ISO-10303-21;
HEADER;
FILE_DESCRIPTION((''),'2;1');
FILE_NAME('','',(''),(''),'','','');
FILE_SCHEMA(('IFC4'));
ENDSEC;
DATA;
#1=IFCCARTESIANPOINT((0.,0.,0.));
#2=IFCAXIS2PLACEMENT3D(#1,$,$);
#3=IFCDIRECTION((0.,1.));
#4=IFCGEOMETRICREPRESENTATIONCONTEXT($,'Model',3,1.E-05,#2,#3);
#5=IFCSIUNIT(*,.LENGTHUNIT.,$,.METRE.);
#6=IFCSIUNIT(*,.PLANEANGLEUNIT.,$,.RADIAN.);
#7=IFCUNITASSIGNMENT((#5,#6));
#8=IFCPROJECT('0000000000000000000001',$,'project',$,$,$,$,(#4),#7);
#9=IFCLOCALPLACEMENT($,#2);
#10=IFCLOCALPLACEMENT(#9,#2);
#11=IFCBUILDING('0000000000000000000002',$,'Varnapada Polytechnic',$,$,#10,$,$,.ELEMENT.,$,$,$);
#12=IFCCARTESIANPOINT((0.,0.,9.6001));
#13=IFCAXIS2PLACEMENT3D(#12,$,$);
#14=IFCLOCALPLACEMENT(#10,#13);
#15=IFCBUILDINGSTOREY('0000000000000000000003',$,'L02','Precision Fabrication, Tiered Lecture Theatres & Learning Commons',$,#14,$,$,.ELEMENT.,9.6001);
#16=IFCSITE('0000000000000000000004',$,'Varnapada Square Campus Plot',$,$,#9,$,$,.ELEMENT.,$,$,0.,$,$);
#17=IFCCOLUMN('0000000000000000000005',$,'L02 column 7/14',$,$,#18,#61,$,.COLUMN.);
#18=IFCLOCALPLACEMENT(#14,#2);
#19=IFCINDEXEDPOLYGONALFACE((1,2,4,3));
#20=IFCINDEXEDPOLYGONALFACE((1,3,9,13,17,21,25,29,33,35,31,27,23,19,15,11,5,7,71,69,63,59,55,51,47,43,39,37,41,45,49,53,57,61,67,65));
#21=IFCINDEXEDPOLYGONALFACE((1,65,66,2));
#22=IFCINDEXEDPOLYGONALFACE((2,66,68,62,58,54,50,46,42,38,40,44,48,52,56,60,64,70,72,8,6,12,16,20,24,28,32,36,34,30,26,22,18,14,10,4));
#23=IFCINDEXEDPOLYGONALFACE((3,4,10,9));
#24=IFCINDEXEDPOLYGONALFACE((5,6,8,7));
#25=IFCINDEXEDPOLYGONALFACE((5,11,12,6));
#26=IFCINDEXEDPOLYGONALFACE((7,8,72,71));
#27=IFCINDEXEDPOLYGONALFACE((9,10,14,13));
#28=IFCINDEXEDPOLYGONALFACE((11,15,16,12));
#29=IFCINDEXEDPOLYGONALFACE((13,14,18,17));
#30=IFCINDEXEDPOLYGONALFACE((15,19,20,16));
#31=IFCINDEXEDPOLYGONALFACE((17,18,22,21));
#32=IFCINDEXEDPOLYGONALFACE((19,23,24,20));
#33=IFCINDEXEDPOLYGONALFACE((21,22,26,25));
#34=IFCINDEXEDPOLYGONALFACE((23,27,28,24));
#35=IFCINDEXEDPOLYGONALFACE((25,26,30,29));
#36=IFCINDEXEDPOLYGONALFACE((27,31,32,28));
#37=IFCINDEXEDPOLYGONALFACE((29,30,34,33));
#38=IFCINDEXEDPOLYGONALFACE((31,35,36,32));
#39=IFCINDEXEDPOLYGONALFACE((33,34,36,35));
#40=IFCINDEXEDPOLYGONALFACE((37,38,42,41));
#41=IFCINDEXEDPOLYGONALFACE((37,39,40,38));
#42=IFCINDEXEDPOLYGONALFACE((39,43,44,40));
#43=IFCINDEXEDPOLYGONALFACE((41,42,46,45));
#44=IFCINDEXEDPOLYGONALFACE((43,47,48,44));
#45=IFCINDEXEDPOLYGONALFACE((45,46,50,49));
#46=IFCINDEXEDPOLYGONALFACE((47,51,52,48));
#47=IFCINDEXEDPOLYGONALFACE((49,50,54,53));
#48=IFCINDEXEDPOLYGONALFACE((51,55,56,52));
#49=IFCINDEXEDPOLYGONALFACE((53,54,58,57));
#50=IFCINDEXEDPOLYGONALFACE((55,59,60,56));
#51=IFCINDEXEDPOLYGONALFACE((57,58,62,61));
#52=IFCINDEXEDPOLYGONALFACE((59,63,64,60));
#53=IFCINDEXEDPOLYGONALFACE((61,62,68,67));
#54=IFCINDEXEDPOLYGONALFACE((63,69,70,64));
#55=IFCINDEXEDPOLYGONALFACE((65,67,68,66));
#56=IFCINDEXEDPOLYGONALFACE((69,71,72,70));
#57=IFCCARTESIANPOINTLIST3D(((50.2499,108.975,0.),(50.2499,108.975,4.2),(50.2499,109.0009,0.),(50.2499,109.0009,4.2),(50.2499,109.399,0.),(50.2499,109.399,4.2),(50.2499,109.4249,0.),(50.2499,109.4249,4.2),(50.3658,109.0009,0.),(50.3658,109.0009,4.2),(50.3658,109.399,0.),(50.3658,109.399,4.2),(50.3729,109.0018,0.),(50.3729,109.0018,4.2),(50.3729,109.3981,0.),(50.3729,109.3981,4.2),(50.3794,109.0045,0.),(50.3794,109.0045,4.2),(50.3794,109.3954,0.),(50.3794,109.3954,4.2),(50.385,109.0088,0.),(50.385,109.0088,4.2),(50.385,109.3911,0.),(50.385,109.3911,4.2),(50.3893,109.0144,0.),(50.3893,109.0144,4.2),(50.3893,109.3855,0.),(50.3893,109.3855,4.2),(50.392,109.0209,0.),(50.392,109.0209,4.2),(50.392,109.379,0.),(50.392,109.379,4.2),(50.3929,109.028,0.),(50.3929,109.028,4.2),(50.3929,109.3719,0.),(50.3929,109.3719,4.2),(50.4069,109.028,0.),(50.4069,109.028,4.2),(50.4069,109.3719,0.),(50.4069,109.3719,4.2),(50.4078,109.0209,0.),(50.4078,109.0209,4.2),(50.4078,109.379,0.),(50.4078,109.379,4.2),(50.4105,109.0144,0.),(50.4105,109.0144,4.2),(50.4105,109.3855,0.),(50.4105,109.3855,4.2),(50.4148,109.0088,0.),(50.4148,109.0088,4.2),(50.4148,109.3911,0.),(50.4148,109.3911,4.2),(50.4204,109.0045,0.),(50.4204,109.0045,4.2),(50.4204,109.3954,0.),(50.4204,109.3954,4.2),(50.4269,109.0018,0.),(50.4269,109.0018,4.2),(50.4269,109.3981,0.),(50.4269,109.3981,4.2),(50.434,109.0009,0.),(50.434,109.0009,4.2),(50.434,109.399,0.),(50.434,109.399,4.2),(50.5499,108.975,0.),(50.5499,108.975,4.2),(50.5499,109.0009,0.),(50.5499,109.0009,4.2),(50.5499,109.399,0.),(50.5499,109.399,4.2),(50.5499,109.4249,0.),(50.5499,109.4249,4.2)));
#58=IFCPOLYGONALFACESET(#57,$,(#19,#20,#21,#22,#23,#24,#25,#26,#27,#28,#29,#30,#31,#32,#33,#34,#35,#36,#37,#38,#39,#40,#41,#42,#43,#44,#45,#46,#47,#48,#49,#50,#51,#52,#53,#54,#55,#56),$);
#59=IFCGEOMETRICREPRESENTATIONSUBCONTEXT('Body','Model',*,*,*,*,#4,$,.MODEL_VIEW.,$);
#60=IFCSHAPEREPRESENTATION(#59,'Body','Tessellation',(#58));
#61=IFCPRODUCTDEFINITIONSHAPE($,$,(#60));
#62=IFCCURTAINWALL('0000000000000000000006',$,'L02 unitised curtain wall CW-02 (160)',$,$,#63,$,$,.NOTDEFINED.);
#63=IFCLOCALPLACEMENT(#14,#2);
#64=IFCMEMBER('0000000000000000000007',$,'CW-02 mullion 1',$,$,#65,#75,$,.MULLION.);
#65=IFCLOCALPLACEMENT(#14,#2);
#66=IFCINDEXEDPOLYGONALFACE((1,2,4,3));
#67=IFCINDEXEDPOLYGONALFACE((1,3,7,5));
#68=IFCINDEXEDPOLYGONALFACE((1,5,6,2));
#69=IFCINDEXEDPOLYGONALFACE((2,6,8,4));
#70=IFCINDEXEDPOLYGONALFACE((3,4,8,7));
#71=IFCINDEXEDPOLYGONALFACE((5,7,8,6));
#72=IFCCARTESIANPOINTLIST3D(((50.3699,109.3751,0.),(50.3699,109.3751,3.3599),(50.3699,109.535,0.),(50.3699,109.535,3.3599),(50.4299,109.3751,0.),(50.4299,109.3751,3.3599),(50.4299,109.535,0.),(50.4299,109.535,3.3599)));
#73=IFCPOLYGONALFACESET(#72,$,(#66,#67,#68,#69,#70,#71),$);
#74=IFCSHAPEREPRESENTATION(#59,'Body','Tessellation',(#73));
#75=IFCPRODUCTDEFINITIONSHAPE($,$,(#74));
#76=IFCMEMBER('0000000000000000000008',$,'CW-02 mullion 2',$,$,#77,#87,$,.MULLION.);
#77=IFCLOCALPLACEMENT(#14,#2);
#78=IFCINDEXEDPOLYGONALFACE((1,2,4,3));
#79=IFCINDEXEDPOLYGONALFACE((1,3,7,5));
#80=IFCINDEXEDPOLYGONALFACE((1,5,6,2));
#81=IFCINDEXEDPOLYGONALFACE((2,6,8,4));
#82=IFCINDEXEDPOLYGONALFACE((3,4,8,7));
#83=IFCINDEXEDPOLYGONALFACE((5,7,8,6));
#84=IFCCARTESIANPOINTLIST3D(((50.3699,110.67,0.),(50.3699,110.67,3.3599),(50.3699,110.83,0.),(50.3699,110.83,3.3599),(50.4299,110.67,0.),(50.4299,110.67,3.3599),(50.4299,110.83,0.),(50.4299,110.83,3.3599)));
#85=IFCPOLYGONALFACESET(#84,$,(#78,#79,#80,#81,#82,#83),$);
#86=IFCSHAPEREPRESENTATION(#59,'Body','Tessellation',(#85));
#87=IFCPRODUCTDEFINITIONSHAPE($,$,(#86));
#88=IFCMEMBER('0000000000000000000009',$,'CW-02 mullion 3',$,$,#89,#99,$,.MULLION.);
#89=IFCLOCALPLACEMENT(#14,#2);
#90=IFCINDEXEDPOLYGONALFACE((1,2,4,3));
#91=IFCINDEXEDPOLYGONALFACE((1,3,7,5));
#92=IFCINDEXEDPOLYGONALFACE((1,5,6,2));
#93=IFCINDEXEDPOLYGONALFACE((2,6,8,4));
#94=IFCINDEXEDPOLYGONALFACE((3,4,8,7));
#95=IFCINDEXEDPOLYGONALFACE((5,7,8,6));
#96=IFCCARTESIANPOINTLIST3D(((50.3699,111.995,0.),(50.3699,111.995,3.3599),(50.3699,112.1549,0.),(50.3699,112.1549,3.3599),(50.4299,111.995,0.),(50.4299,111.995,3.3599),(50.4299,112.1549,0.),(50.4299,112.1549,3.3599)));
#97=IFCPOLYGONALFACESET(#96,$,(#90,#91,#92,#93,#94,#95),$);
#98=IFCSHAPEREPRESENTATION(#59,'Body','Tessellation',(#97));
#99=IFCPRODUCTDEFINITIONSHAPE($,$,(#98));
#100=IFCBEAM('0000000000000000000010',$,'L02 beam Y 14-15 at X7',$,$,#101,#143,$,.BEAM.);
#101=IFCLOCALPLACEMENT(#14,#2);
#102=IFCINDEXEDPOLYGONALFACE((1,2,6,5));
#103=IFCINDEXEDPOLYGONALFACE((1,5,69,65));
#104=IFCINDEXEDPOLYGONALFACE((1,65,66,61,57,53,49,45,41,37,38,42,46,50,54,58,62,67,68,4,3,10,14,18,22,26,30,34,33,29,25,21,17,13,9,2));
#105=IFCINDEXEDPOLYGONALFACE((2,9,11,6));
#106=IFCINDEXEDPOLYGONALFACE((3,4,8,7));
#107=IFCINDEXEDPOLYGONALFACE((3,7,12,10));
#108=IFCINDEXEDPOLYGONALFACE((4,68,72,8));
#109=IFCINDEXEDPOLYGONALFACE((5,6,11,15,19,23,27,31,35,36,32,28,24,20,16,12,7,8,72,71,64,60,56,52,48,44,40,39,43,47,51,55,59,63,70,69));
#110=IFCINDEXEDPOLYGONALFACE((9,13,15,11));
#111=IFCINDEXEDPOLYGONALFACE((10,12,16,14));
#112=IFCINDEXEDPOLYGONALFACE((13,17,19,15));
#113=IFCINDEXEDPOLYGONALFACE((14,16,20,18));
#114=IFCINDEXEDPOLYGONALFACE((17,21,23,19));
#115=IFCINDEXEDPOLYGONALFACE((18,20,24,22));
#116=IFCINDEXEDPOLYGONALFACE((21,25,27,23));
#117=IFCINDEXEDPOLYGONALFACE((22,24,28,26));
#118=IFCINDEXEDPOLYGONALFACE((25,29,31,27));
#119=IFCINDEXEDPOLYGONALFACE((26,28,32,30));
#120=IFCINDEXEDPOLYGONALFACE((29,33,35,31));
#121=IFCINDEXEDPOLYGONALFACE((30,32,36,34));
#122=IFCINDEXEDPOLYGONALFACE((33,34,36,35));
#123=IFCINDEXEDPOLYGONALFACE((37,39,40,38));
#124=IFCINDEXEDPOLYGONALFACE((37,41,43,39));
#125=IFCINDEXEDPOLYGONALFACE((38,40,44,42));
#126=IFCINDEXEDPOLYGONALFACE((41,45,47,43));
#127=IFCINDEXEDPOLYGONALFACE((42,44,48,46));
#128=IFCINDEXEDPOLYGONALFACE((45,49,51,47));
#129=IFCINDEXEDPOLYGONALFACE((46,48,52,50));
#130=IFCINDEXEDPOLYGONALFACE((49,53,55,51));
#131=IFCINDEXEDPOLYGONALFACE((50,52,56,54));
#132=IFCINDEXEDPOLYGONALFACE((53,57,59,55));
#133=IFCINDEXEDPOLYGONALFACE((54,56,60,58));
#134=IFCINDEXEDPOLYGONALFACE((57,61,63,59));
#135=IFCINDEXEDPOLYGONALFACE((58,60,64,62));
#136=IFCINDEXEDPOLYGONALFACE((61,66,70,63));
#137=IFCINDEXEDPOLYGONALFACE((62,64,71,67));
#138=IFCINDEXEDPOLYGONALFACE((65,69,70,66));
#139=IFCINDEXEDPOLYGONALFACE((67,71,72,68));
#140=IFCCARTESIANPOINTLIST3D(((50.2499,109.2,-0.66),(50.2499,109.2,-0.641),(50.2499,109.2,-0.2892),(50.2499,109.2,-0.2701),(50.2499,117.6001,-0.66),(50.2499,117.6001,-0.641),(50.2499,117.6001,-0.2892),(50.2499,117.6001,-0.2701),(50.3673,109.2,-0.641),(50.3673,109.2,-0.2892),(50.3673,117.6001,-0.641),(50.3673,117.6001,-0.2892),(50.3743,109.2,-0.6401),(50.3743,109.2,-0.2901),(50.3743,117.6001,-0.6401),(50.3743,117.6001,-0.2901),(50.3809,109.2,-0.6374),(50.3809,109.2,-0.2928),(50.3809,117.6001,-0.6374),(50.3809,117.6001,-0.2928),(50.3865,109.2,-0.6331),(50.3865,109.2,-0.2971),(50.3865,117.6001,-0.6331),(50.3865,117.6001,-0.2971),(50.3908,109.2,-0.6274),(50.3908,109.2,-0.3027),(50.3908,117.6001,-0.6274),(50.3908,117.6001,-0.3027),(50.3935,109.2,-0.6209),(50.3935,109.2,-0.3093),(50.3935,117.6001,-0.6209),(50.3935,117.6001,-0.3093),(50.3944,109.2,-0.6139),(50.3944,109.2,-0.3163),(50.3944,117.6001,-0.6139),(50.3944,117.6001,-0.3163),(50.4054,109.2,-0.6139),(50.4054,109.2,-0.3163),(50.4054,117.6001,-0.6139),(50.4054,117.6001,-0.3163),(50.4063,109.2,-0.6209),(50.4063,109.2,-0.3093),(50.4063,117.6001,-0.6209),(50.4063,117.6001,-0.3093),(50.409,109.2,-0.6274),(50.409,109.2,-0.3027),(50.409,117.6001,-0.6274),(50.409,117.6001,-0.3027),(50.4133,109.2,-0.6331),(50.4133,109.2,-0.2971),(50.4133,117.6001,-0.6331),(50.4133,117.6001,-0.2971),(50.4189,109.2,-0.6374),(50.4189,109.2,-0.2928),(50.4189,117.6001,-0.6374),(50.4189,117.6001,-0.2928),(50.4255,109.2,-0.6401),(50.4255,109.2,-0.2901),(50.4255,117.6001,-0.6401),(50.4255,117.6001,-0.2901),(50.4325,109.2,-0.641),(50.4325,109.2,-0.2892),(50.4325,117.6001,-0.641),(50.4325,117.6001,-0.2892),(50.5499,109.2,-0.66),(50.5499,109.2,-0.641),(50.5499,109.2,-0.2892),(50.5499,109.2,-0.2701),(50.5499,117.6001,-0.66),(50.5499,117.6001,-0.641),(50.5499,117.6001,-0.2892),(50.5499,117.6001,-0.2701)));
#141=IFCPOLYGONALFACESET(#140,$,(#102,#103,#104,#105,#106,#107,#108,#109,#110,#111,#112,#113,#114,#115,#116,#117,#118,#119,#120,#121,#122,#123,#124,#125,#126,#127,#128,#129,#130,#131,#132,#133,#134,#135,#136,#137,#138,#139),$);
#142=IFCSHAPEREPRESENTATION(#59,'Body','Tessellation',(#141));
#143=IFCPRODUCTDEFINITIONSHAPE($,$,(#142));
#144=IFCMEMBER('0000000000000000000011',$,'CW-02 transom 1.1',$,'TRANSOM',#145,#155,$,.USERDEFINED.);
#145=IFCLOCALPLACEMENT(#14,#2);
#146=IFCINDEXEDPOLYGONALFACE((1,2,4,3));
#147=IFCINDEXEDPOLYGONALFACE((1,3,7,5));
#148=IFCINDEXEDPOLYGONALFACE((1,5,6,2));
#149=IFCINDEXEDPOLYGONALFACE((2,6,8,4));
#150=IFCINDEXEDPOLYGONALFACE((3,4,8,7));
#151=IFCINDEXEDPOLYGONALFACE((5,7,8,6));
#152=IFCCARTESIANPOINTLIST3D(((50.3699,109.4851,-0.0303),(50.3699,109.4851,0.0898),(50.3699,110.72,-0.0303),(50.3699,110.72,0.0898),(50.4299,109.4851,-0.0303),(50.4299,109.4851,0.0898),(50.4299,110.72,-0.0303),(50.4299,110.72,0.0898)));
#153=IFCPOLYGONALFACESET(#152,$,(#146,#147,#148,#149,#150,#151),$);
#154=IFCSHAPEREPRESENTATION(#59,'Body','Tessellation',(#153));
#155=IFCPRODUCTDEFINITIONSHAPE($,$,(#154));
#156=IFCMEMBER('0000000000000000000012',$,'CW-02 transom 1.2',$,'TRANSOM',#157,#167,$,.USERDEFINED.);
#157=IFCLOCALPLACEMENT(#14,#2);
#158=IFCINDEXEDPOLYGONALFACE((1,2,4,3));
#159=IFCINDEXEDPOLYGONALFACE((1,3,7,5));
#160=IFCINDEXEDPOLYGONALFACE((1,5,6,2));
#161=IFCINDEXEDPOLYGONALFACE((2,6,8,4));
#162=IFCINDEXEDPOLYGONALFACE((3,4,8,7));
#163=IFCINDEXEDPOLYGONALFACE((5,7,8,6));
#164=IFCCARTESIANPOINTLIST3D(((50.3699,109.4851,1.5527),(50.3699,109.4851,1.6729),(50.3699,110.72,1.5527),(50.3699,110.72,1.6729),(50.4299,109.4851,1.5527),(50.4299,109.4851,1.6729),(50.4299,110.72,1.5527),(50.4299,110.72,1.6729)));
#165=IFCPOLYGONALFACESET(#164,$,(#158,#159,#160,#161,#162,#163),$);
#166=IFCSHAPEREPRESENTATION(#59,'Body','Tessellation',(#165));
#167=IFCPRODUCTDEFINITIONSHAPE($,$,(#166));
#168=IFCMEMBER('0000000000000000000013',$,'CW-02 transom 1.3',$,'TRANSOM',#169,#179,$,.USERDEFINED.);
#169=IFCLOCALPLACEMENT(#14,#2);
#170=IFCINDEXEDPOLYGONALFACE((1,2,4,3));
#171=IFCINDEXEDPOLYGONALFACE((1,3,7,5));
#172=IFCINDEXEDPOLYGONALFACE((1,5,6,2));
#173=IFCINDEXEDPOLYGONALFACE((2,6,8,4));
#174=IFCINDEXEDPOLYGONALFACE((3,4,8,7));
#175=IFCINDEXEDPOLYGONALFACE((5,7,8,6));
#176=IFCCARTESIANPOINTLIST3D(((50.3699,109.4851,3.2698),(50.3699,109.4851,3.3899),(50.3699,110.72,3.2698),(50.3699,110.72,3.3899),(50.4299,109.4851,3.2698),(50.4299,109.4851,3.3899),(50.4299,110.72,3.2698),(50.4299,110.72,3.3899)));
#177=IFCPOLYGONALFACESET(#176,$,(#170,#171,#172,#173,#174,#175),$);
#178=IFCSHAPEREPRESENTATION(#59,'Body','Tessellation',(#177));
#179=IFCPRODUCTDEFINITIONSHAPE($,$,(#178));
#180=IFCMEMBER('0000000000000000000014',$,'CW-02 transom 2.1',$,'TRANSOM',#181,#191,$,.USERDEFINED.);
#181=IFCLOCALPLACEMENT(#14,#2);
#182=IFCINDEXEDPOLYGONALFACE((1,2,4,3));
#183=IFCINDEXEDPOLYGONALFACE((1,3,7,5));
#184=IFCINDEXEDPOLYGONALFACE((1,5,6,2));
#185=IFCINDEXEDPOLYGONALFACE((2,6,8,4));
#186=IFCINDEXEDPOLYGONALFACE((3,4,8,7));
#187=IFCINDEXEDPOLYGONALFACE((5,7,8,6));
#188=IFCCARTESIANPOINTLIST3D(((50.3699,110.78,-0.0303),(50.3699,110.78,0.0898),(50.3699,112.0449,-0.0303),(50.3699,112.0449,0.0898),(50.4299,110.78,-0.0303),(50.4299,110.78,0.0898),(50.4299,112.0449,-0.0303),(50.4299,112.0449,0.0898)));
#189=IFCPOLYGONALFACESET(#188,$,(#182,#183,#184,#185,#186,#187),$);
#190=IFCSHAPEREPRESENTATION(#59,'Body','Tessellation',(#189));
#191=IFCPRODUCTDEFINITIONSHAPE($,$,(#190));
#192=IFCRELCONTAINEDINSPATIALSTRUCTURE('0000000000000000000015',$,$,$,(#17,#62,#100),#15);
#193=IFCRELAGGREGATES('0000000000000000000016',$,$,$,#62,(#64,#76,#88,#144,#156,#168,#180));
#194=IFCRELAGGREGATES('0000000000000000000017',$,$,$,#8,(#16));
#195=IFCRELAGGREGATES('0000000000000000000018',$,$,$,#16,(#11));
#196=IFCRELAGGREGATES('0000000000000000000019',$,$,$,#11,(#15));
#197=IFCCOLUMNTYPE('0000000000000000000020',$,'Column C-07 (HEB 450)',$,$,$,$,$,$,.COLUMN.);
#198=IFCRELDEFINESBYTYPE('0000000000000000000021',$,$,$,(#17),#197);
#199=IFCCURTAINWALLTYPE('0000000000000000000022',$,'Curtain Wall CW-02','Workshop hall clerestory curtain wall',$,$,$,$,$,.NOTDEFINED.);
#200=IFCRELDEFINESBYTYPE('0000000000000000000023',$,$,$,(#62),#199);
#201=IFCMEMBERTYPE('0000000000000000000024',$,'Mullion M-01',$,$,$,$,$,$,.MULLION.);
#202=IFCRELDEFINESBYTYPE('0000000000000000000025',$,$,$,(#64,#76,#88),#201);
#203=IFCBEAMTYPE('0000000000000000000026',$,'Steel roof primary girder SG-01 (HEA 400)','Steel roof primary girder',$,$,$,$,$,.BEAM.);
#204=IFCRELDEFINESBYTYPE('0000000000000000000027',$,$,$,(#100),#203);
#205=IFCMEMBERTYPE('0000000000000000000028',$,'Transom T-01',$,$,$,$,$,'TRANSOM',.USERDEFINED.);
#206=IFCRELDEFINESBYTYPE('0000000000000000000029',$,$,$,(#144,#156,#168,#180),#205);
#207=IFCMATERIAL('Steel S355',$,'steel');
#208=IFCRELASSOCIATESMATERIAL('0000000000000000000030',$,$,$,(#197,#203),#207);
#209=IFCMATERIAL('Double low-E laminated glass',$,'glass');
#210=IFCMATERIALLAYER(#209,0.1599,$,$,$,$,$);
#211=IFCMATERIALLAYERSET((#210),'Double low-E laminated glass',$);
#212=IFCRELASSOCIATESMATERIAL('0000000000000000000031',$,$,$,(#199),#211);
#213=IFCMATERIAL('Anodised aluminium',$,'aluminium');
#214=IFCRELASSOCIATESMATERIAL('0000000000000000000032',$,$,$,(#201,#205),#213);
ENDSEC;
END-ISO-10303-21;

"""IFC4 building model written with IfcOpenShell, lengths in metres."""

from ifc_helpers import new_model, si_unit, direction, frame, origin, origin_2d, place, context, subcontext, project, spatial, rectangle, i_section, extrude, material, layer, layer_set, material_profile, profile_set, type_object, element, aggregate, save


model = new_model("IFC4")

# Units and contexts
model_context = context("Model", 3, precision=1e-05, world=origin(), true_north=direction((0.0, 1.0)))
body_context = subcontext(model_context, "Body", "Model", "MODEL_VIEW")
ifc_project = project(units=[si_unit("LENGTHUNIT", "METRE"), si_unit("PLANEANGLEUNIT", "RADIAN")], contexts=[model_context])

# Site, building, storey
site_placement = place(None, origin())
site = spatial("IfcSite", under=ifc_project, at=site_placement, Name="Varnapada Square Campus Plot", CompositionType="ELEMENT", RefElevation=0.0)
building_placement = place(site_placement, origin())
building = spatial("IfcBuilding", under=site, at=building_placement, Name="Varnapada Polytechnic", CompositionType="ELEMENT")
storey_placement = place(building_placement, frame((0.0, 0.0, 9.6001)))
storey = spatial("IfcBuildingStorey", under=building, at=storey_placement, Name="L02", Description="Precision Fabrication, Tiered Lecture Theatres & Learning Commons", CompositionType="ELEMENT", Elevation=9.6001)

# Column
ifc_material_1 = material(Name="Steel S355", Category="steel")
ifc_material_profile_1 = material_profile(ifc_material_1, i_section(OverallWidth=0.3, OverallDepth=0.45, WebThickness=0.0139, FlangeThickness=0.0259, FilletRadius=0.0271, at=origin_2d()), Name="HEB 450")
ifc_profile_set_1 = profile_set([ifc_material_profile_1], Name="Steel S355")
column_type = type_object("IfcColumnType", Name="Column C-07 (HEB 450)", PredefinedType="COLUMN", material=ifc_profile_set_1)
column_placement = place(storey_placement, frame((50.3999, 109.2, 0.0), z_axis=(0.0, 0.0, 1.0), x_axis=(1.0, 0.0, 0.0)))
element("IfcColumn", 1, at=column_placement, inside=storey, type_object=column_type, Name="L02 column 7/14", PredefinedType="COLUMN", context=body_context, shape_type="SweptSolid", body=[
    extrude(i_section(OverallWidth=0.3, OverallDepth=0.45, WebThickness=0.0139, FlangeThickness=0.0259, FilletRadius=0.0271, at=origin_2d()), origin(), (0.0, 0.0, 1.0), 4.2),
])

# Curtain wall, members
ifc_material_2 = material(Name="Double low-E laminated glass", Category="glass")
ifc_layer_1 = layer(ifc_material_2, 0.1599)
ifc_layer_set_1 = layer_set([ifc_layer_1], Name="Double low-E laminated glass")
curtain_wall_type = type_object("IfcCurtainWallType", Name="Curtain Wall CW-02", Description="Workshop hall clerestory curtain wall", PredefinedType="NOTDEFINED", material=ifc_layer_set_1)
curtain_wall_placement = place(storey_placement, origin())
curtain_wall = element("IfcCurtainWall", 2, at=curtain_wall_placement, inside=storey, type_object=curtain_wall_type, Name="L02 unitised curtain wall CW-02 (160)", PredefinedType="NOTDEFINED")
ifc_material_3 = material(Name="Anodised aluminium", Category="aluminium")
ifc_material_profile_2 = material_profile(ifc_material_3, rectangle(XDim=0.0601, YDim=0.1599, at=origin_2d()), Name="ALU M60x160")
ifc_profile_set_2 = profile_set([ifc_material_profile_2], Name="Anodised aluminium")
member_type_1 = type_object("IfcMemberType", Name="Mullion M-01", PredefinedType="MULLION", material=ifc_profile_set_2)
member_1_placement = place(storey_placement, frame((50.3999, 109.4551, 0.0), z_axis=(0.0, 0.0, 1.0), x_axis=(-1.0, 0.0, 0.0)))
member_1 = element("IfcMember", 3, at=member_1_placement, type_object=member_type_1, Name="CW-02 mullion 1", PredefinedType="MULLION", context=body_context, shape_type="SweptSolid", body=[
    extrude(rectangle(XDim=0.0601, YDim=0.1599, at=origin_2d()), origin(), (0.0, 0.0, 1.0), 3.3599),
])
member_2_placement = place(storey_placement, frame((50.3999, 110.75, 0.0), z_axis=(0.0, 0.0, 1.0), x_axis=(-1.0, 0.0, 0.0)))
member_2 = element("IfcMember", 4, at=member_2_placement, type_object=member_type_1, Name="CW-02 mullion 2", PredefinedType="MULLION", context=body_context, shape_type="SweptSolid", body=[
    extrude(rectangle(XDim=0.0601, YDim=0.1599, at=origin_2d()), origin(), (0.0, 0.0, 1.0), 3.3599),
])
member_3_placement = place(storey_placement, frame((50.3999, 112.075, 0.0), z_axis=(0.0, 0.0, 1.0), x_axis=(-1.0, 0.0, 0.0)))
member_3 = element("IfcMember", 5, at=member_3_placement, type_object=member_type_1, Name="CW-02 mullion 3", PredefinedType="MULLION", context=body_context, shape_type="SweptSolid", body=[
    extrude(rectangle(XDim=0.0601, YDim=0.1599, at=origin_2d()), origin(), (0.0, 0.0, 1.0), 3.3599),
])

# Beam
ifc_material_profile_3 = material_profile(ifc_material_1, i_section(OverallWidth=0.3, OverallDepth=0.3899, WebThickness=0.011, FlangeThickness=0.019, FilletRadius=0.0271, at=origin_2d()), Name="HEA 400")
ifc_profile_set_3 = profile_set([ifc_material_profile_3], Name="Steel S355")
beam_type_1 = type_object("IfcBeamType", Name="Steel roof primary girder SG-01 (HEA 400)", Description="Steel roof primary girder", PredefinedType="BEAM", material=ifc_profile_set_3)
beam_1_placement = place(storey_placement, frame((50.3999, 109.2, -0.4651), z_axis=(0.0, 1.0, 0.0), x_axis=(-1.0, 0.0, 0.0)))
element("IfcBeam", 6, at=beam_1_placement, inside=storey, type_object=beam_type_1, Name="L02 beam Y 14-15 at X7", PredefinedType="BEAM", context=body_context, shape_type="SweptSolid", body=[
    extrude(i_section(OverallWidth=0.3, OverallDepth=0.3899, WebThickness=0.011, FlangeThickness=0.019, FilletRadius=0.0271, at=origin_2d()), origin(), (0.0, 0.0, 1.0), 8.4001),
])

# Members
ifc_material_profile_4 = material_profile(ifc_material_3, rectangle(XDim=0.0601, YDim=0.1201, at=origin_2d()), Name="ALU T60x120")
ifc_profile_set_4 = profile_set([ifc_material_profile_4], Name="Anodised aluminium")
member_type_2 = type_object("IfcMemberType", Name="Transom T-01", ElementType="TRANSOM", PredefinedType="USERDEFINED", material=ifc_profile_set_4)
member_4_placement = place(storey_placement, frame((50.3999, 109.4851, 0.0298), z_axis=(0.0, 1.0, 0.0), x_axis=(-1.0, 0.0, 0.0)))
member_4 = element("IfcMember", 7, at=member_4_placement, type_object=member_type_2, Name="CW-02 transom 1.1", ObjectType="TRANSOM", PredefinedType="USERDEFINED", context=body_context, shape_type="SweptSolid", body=[
    extrude(rectangle(XDim=0.0601, YDim=0.1201, at=origin_2d()), origin(), (0.0, 0.0, 1.0), 1.2349),
])
member_5_placement = place(storey_placement, frame((50.3999, 109.4851, 1.6128), z_axis=(0.0, 1.0, 0.0), x_axis=(-1.0, 0.0, 0.0)))
member_5 = element("IfcMember", 8, at=member_5_placement, type_object=member_type_2, Name="CW-02 transom 1.2", ObjectType="TRANSOM", PredefinedType="USERDEFINED", context=body_context, shape_type="SweptSolid", body=[
    extrude(rectangle(XDim=0.0601, YDim=0.1201, at=origin_2d()), origin(), (0.0, 0.0, 1.0), 1.2349),
])
member_6_placement = place(storey_placement, frame((50.3999, 109.4851, 3.3298), z_axis=(0.0, 1.0, 0.0), x_axis=(-1.0, 0.0, 0.0)))
member_6 = element("IfcMember", 9, at=member_6_placement, type_object=member_type_2, Name="CW-02 transom 1.3", ObjectType="TRANSOM", PredefinedType="USERDEFINED", context=body_context, shape_type="SweptSolid", body=[
    extrude(rectangle(XDim=0.0601, YDim=0.1201, at=origin_2d()), origin(), (0.0, 0.0, 1.0), 1.2349),
])
member_7_placement = place(storey_placement, frame((50.3999, 110.78, 0.0298), z_axis=(0.0, 1.0, 0.0), x_axis=(-1.0, 0.0, 0.0)))
member_7 = element("IfcMember", 10, at=member_7_placement, type_object=member_type_2, Name="CW-02 transom 2.1", ObjectType="TRANSOM", PredefinedType="USERDEFINED", context=body_context, shape_type="SweptSolid", body=[
    extrude(rectangle(XDim=0.0601, YDim=0.1201, at=origin_2d()), origin(), (0.0, 0.0, 1.0), 1.2649),
])

aggregate(curtain_wall, [member_1, member_2, member_3, member_4, member_5, member_6, member_7])

save(model, "model.ifc")
